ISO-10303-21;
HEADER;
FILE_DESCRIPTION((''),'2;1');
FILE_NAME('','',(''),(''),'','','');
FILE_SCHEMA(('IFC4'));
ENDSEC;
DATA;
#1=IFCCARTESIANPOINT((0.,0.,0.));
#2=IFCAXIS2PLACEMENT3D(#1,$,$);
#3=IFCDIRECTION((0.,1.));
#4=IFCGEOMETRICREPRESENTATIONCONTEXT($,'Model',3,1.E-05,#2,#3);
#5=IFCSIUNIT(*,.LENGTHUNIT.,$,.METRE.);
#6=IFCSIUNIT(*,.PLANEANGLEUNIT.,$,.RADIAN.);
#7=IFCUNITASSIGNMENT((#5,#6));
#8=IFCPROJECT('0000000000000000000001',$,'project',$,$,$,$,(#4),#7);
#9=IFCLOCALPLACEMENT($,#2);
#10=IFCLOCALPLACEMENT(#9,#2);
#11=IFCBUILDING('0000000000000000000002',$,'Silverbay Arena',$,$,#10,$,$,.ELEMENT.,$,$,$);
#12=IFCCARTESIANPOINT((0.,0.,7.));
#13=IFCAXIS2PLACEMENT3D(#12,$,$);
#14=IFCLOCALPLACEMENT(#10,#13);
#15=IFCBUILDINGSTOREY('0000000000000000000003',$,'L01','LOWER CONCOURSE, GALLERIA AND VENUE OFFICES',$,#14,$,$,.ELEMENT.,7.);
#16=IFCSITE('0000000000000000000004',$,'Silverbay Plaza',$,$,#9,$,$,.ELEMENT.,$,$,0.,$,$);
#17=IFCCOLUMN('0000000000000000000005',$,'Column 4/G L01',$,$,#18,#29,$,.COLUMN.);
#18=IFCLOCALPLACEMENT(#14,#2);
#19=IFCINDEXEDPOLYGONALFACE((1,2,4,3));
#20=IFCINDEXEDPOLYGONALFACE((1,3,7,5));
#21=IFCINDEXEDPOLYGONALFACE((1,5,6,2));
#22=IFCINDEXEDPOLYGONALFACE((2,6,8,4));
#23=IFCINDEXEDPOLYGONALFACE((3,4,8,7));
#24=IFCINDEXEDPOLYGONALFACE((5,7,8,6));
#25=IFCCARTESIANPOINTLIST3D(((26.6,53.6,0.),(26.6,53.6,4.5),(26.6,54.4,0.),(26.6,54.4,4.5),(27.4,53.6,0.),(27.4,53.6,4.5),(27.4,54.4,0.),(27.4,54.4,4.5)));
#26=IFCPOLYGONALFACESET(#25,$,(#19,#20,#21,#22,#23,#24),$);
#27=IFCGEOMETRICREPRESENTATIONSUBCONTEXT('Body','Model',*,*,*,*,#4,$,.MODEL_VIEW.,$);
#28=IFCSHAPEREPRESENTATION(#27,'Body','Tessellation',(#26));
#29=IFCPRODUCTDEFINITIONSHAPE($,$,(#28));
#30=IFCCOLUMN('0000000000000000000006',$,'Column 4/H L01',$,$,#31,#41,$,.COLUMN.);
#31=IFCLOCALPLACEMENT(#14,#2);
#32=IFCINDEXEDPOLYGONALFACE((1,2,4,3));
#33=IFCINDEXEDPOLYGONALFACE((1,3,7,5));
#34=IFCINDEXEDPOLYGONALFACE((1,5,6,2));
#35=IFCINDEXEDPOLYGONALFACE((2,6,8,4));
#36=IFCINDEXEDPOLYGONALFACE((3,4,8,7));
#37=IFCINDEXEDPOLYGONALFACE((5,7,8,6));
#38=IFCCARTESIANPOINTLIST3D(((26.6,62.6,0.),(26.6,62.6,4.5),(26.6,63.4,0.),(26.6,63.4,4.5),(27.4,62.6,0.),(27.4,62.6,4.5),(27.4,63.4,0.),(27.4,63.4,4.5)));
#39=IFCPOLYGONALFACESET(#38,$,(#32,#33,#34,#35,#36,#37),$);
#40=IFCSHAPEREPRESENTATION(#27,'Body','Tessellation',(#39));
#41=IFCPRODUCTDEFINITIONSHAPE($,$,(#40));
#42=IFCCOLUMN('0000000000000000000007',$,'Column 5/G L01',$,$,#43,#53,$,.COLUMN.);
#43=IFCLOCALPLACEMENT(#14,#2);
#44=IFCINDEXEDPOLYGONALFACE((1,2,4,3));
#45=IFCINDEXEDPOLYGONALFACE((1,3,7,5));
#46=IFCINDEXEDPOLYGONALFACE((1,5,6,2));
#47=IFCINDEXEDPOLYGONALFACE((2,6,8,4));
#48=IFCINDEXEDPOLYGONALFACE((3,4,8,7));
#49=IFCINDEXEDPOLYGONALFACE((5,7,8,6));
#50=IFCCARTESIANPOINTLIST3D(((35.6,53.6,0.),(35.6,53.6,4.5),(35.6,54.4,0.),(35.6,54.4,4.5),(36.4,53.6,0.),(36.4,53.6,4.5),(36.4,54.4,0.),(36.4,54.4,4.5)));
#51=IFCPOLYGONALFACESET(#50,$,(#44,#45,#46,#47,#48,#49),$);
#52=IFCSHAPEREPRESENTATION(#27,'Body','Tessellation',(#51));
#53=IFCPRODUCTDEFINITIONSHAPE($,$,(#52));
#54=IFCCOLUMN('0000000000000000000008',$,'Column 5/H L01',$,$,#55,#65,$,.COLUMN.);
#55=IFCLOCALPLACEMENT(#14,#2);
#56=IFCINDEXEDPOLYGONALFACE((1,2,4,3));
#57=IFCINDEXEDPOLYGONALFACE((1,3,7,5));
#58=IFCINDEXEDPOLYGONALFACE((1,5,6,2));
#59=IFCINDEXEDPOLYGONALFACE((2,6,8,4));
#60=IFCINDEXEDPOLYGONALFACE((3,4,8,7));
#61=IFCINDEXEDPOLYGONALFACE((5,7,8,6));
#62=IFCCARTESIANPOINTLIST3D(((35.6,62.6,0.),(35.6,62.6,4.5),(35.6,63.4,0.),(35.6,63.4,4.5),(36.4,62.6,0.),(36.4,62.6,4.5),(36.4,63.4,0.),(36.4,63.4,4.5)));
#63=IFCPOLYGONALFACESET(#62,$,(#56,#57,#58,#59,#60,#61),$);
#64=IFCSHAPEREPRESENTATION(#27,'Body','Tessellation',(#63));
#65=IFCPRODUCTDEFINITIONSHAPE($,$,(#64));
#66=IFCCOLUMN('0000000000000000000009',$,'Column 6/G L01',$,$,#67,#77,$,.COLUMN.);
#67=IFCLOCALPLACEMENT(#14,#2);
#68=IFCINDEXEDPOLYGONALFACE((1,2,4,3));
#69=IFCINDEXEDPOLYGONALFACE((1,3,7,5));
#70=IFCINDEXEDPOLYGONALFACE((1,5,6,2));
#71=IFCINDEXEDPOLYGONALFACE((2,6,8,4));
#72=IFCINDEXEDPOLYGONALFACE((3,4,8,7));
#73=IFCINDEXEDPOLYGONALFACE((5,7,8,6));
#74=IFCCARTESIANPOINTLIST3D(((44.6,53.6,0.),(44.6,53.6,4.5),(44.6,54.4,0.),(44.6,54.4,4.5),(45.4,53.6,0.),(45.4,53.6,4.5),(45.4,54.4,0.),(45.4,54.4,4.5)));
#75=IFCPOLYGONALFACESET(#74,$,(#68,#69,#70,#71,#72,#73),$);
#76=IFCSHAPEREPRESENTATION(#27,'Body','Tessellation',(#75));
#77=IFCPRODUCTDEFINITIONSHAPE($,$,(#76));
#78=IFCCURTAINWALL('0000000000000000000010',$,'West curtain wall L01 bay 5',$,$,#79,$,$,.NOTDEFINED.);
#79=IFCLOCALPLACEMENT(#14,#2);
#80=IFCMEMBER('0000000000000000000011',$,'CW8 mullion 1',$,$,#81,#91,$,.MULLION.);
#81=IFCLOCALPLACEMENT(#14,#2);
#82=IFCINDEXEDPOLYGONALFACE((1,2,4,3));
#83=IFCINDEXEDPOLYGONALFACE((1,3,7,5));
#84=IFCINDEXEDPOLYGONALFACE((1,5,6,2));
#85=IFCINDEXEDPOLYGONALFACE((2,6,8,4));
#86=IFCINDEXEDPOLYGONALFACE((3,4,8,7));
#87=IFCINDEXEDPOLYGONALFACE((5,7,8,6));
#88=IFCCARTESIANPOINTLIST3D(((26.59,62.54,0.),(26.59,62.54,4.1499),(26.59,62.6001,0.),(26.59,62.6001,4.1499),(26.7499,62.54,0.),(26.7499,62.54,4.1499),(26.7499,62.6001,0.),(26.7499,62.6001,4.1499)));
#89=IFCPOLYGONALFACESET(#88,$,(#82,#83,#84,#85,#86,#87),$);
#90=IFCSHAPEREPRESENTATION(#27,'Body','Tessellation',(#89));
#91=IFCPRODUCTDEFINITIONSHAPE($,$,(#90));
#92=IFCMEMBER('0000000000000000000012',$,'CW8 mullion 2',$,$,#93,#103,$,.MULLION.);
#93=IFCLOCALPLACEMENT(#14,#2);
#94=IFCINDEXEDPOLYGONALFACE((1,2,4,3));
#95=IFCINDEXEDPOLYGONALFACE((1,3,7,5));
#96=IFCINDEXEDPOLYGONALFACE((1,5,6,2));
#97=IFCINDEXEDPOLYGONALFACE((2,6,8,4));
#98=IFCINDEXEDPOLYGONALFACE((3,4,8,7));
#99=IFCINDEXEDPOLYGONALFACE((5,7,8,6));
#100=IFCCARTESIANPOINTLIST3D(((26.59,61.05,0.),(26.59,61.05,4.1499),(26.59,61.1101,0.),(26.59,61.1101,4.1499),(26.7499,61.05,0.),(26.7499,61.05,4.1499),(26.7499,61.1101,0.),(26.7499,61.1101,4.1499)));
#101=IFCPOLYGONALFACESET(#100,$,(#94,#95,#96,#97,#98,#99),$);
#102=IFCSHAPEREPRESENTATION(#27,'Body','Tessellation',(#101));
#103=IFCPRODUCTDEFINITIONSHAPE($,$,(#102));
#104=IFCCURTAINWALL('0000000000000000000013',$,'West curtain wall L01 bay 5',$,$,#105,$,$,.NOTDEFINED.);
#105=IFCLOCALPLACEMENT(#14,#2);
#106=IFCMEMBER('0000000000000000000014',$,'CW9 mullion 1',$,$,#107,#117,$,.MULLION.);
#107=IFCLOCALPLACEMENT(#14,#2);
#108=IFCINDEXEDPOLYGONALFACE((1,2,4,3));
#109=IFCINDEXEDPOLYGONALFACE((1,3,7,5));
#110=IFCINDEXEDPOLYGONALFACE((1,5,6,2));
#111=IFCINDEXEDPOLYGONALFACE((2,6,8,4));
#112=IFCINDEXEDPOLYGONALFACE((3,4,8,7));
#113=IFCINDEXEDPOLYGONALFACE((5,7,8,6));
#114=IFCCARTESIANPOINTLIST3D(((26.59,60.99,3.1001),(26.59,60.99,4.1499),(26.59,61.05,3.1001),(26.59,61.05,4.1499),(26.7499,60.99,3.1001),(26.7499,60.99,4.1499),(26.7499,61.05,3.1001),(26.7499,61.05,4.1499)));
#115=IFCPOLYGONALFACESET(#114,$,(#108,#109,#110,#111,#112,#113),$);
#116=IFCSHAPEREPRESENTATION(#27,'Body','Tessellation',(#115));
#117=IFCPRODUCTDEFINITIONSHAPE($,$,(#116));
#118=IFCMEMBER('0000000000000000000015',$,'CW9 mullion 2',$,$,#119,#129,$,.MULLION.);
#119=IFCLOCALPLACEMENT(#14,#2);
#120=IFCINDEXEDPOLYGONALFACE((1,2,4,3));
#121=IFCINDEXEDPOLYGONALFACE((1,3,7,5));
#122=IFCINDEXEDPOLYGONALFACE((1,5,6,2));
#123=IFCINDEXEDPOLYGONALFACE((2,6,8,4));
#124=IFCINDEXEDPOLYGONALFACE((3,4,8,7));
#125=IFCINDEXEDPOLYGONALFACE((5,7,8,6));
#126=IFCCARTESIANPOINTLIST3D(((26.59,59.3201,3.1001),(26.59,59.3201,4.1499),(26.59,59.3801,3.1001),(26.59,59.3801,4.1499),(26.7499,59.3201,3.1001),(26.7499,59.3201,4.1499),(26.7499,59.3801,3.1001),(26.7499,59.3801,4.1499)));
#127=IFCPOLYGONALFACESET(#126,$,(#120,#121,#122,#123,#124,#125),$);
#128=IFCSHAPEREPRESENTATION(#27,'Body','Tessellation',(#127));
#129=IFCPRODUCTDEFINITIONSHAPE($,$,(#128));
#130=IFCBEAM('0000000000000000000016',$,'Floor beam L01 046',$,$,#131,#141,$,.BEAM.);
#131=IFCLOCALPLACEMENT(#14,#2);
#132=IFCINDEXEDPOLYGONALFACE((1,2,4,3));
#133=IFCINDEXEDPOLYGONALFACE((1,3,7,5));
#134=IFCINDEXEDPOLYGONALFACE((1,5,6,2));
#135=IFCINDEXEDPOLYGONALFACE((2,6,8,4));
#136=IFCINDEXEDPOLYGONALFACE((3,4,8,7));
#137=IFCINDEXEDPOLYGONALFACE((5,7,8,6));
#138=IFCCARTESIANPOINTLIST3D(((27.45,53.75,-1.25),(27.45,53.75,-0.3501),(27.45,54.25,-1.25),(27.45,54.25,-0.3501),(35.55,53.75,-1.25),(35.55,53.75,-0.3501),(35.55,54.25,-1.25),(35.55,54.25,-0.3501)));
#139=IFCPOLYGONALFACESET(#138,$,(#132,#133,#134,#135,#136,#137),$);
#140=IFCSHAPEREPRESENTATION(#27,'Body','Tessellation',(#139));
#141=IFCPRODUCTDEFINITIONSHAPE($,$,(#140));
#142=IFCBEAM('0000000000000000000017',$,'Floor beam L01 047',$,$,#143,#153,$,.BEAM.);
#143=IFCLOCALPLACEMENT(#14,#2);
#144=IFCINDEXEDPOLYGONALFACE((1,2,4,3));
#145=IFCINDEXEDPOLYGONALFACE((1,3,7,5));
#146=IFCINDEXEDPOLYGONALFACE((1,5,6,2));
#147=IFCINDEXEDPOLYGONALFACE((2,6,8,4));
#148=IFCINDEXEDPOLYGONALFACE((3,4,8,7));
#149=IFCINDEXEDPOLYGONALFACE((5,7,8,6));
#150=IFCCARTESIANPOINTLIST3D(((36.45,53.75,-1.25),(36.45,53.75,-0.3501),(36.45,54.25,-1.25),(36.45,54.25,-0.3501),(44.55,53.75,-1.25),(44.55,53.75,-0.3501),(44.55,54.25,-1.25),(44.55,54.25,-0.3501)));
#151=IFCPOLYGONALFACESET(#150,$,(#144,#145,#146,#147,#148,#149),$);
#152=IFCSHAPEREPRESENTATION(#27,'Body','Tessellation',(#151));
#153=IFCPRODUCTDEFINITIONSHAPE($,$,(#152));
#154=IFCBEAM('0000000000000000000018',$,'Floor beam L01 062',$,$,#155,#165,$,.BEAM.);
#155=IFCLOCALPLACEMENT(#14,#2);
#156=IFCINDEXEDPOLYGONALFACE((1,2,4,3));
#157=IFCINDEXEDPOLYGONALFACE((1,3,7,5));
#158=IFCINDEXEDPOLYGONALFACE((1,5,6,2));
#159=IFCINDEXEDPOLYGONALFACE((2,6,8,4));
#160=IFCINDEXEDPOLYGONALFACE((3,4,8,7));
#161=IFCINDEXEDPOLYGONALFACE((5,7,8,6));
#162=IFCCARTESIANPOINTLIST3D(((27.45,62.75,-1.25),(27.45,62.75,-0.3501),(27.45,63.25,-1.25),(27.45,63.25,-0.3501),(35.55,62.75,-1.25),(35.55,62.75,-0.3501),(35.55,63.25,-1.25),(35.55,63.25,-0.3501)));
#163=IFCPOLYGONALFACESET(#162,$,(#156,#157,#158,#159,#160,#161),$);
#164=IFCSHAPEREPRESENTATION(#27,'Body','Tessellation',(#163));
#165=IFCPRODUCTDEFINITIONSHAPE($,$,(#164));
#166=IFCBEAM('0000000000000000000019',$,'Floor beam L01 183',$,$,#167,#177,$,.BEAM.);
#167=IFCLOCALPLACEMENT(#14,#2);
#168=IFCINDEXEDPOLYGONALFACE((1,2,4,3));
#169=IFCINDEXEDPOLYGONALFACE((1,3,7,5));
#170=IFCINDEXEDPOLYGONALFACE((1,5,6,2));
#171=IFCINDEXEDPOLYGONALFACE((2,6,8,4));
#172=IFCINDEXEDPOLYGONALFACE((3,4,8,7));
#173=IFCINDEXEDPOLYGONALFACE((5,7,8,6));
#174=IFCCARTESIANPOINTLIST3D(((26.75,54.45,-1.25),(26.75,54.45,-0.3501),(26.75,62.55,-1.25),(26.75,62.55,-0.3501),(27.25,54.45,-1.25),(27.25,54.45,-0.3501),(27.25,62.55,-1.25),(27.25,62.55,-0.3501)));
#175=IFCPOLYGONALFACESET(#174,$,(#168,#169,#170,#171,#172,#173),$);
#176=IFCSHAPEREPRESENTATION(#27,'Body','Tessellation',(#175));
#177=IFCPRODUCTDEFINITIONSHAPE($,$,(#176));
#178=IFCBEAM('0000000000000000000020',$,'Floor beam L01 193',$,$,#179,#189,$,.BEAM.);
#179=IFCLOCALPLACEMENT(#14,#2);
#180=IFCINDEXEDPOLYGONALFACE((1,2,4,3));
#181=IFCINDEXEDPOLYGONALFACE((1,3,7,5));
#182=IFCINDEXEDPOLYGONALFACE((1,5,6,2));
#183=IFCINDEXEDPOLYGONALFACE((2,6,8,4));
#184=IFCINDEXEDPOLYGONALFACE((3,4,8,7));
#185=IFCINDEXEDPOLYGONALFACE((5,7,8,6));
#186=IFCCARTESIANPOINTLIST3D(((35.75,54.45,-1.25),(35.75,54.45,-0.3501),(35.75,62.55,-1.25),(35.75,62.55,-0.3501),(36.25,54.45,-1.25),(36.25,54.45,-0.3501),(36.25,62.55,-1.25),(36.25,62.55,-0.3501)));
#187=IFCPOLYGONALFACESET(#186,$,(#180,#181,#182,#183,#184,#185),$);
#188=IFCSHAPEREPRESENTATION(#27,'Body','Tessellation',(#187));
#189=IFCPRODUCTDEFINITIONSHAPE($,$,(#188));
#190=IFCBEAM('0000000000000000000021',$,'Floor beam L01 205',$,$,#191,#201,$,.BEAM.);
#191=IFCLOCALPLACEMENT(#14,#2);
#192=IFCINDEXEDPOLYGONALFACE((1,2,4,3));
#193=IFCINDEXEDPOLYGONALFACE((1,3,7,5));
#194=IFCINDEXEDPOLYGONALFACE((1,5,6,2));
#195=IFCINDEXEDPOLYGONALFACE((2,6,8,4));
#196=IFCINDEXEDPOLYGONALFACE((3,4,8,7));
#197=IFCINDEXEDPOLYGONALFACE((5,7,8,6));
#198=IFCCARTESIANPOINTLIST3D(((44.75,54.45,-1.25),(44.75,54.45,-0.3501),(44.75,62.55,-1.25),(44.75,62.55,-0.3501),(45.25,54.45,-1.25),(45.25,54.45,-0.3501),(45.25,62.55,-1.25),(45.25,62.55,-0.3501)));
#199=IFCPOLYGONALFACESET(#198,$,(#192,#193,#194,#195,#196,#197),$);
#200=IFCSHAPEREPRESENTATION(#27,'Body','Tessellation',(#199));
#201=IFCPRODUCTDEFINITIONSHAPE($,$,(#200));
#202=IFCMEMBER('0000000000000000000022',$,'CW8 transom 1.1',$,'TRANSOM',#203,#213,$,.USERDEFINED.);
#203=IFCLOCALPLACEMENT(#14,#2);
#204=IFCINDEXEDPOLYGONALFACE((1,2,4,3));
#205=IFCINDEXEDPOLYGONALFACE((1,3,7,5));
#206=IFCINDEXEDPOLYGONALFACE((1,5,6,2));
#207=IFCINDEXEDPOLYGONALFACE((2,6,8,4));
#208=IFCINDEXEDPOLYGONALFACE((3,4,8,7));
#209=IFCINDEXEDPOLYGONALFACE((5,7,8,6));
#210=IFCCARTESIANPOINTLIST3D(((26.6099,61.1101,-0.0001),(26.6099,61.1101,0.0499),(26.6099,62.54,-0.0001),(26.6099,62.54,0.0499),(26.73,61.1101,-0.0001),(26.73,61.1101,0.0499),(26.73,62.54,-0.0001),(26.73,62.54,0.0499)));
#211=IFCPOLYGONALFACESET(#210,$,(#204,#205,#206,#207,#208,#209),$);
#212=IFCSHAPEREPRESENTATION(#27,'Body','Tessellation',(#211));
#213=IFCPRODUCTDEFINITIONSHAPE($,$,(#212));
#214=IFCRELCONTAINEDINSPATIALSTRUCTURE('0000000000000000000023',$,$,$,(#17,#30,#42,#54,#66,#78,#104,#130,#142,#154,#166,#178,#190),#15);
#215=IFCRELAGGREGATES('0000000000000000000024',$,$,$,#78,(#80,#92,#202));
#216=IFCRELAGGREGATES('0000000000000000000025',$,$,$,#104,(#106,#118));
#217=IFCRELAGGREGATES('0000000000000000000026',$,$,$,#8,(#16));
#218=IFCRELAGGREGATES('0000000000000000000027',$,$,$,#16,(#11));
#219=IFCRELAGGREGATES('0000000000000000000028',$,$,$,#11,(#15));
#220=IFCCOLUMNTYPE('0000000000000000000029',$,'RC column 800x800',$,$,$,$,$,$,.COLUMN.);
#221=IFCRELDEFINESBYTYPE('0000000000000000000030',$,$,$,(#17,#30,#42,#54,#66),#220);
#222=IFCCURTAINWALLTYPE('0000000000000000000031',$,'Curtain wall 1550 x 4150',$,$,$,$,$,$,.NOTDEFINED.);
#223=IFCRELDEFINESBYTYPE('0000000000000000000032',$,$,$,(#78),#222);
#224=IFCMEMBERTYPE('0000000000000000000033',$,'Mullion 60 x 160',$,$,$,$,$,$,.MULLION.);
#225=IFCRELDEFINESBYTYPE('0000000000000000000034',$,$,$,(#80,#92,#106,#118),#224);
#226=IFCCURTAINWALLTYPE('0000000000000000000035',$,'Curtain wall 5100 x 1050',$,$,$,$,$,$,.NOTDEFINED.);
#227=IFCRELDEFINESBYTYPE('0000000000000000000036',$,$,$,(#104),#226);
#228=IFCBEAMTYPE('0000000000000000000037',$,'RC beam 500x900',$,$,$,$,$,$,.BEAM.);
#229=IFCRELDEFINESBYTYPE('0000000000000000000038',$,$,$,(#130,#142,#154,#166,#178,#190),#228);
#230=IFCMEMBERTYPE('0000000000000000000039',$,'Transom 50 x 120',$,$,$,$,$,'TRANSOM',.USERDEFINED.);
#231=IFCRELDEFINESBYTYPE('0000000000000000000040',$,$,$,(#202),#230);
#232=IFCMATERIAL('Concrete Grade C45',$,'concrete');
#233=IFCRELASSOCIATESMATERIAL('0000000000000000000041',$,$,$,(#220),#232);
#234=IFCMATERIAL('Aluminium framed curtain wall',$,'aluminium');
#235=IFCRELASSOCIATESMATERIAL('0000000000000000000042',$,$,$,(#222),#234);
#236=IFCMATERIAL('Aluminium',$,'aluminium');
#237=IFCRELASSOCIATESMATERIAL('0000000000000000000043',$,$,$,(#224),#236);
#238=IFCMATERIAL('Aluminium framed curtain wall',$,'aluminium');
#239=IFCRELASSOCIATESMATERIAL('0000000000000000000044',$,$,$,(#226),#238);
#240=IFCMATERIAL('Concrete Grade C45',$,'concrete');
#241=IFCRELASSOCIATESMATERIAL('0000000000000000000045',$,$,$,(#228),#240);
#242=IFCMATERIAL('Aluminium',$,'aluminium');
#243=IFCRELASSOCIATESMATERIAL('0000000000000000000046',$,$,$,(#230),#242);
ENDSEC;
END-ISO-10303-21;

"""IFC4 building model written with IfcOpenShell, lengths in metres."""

from ifc_helpers import new_model, si_unit, direction, frame, origin, origin_2d, place, context, subcontext, project, spatial, rectangle, extrude, material, material_profile, profile_set, type_object, element, aggregate, save


model = new_model("IFC4")

# Units and contexts
model_context = context("Model", 3, precision=1e-05, world=origin(), true_north=direction((0.0, 1.0)))
body_context = subcontext(model_context, "Body", "Model", "MODEL_VIEW")
ifc_project = project(units=[si_unit("LENGTHUNIT", "METRE"), si_unit("PLANEANGLEUNIT", "RADIAN")], contexts=[model_context])

# Site, building, storey
site_placement = place(None, origin())
site = spatial("IfcSite", under=ifc_project, at=site_placement, Name="Silverbay Plaza", CompositionType="ELEMENT", RefElevation=0.0)
building_placement = place(site_placement, origin())
building = spatial("IfcBuilding", under=site, at=building_placement, Name="Silverbay Arena", CompositionType="ELEMENT")
storey_placement = place(building_placement, frame((0.0, 0.0, 7.0)))
storey = spatial("IfcBuildingStorey", under=building, at=storey_placement, Name="L01", Description="LOWER CONCOURSE, GALLERIA AND VENUE OFFICES", CompositionType="ELEMENT", Elevation=7.0)

# Columns
ifc_material_1 = material(Name="Concrete Grade C45", Category="concrete")
ifc_material_profile_1 = material_profile(ifc_material_1, rectangle(XDim=0.8, YDim=0.8, at=origin_2d()), Name="RC 800x800")
ifc_profile_set_1 = profile_set([ifc_material_profile_1], Name="Concrete Grade C45")
column_type = type_object("IfcColumnType", Name="RC column 800x800", PredefinedType="COLUMN", material=ifc_profile_set_1)
for number, where, z_axis, x_axis, name in (
    (1, (27.0, 54.0, 0.0), (0.0, 0.0, 1.0), (1.0, 0.0, 0.0), "Column 4/G L01"),
    (2, (27.0, 63.0, 0.0), (0.0, 0.0, 1.0), (1.0, 0.0, 0.0), "Column 4/H L01"),
    (3, (36.0, 54.0, 0.0), (0.0, 0.0, 1.0), (1.0, 0.0, 0.0), "Column 5/G L01"),
    (4, (36.0, 63.0, 0.0), (0.0, 0.0, 1.0), (1.0, 0.0, 0.0), "Column 5/H L01"),
    (5, (45.0, 54.0, 0.0), (0.0, 0.0, 1.0), (1.0, 0.0, 0.0), "Column 6/G L01"),
):
    element("IfcColumn", number, at=place(storey_placement, frame(where, z_axis=z_axis, x_axis=x_axis)), inside=storey, type_object=column_type, Name=name, PredefinedType="COLUMN", context=body_context, shape_type="SweptSolid", body=[
        extrude(rectangle(XDim=0.8, YDim=0.8, at=origin_2d()), origin(), (0.0, 0.0, 1.0), 4.5),
    ])

# Curtain walls, members
ifc_material_2 = material(Name="Aluminium framed curtain wall", Category="aluminium")
curtain_wall_type_1 = type_object("IfcCurtainWallType", Name="Curtain wall 1550 x 4150", PredefinedType="NOTDEFINED", material=ifc_material_2)
curtain_wall_1_placement = place(storey_placement, origin())
curtain_wall_1 = element("IfcCurtainWall", 6, at=curtain_wall_1_placement, inside=storey, type_object=curtain_wall_type_1, Name="West curtain wall L01 bay 5", PredefinedType="NOTDEFINED")
ifc_material_3 = material(Name="Aluminium", Category="aluminium")
ifc_material_profile_2 = material_profile(ifc_material_3, rectangle(XDim=0.1599, YDim=0.0601, at=origin_2d()), Name="Mullion 60 x 160")
ifc_profile_set_2 = profile_set([ifc_material_profile_2], Name="Aluminium")
member_type_1 = type_object("IfcMemberType", Name="Mullion 60 x 160", PredefinedType="MULLION", material=ifc_profile_set_2)
member_1_placement = place(storey_placement, frame((26.6699, 62.5701, 0.0), z_axis=(0.0, 0.0, 1.0), x_axis=(1.0, 0.0, 0.0)))
member_1 = element("IfcMember", 7, at=member_1_placement, type_object=member_type_1, Name="CW8 mullion 1", PredefinedType="MULLION", context=body_context, shape_type="SweptSolid", body=[
    extrude(rectangle(XDim=0.1599, YDim=0.0601, at=origin_2d()), origin(), (0.0, 0.0, 1.0), 4.1499),
])
member_2_placement = place(storey_placement, frame((26.6699, 61.0801, 0.0), z_axis=(0.0, 0.0, 1.0), x_axis=(1.0, 0.0, 0.0)))
member_2 = element("IfcMember", 8, at=member_2_placement, type_object=member_type_1, Name="CW8 mullion 2", PredefinedType="MULLION", context=body_context, shape_type="SweptSolid", body=[
    extrude(rectangle(XDim=0.1599, YDim=0.0601, at=origin_2d()), origin(), (0.0, 0.0, 1.0), 4.1499),
])
ifc_material_4 = material(Name="Aluminium framed curtain wall", Category="aluminium")
curtain_wall_type_2 = type_object("IfcCurtainWallType", Name="Curtain wall 5100 x 1050", PredefinedType="NOTDEFINED", material=ifc_material_4)
curtain_wall_2_placement = place(storey_placement, origin())
curtain_wall_2 = element("IfcCurtainWall", 9, at=curtain_wall_2_placement, inside=storey, type_object=curtain_wall_type_2, Name="West curtain wall L01 bay 5", PredefinedType="NOTDEFINED")
member_3_placement = place(storey_placement, frame((26.6699, 61.02, 3.1001), z_axis=(0.0, 0.0, 1.0), x_axis=(1.0, 0.0, 0.0)))
member_3 = element("IfcMember", 10, at=member_3_placement, type_object=member_type_1, Name="CW9 mullion 1", PredefinedType="MULLION", context=body_context, shape_type="SweptSolid", body=[
    extrude(rectangle(XDim=0.1599, YDim=0.0601, at=origin_2d()), origin(), (0.0, 0.0, 1.0), 1.0498),
])
member_4_placement = place(storey_placement, frame((26.6699, 59.3501, 3.1001), z_axis=(0.0, 0.0, 1.0), x_axis=(1.0, 0.0, 0.0)))
member_4 = element("IfcMember", 11, at=member_4_placement, type_object=member_type_1, Name="CW9 mullion 2", PredefinedType="MULLION", context=body_context, shape_type="SweptSolid", body=[
    extrude(rectangle(XDim=0.1599, YDim=0.0601, at=origin_2d()), origin(), (0.0, 0.0, 1.0), 1.0498),
])

# Beams
ifc_material_5 = material(Name="Concrete Grade C45", Category="concrete")
ifc_material_profile_3 = material_profile(ifc_material_5, rectangle(XDim=0.5, YDim=0.8999, at=origin_2d()), Name="RC 500x900")
ifc_profile_set_3 = profile_set([ifc_material_profile_3], Name="Concrete Grade C45")
beam_type = type_object("IfcBeamType", Name="RC beam 500x900", PredefinedType="BEAM", material=ifc_profile_set_3)
for number, where, z_axis, x_axis, name in (
    (12, (27.45, 54.0, -0.8), (1.0, 0.0, 0.0), (0.0, 1.0, 0.0), "Floor beam L01 046"),
    (13, (36.45, 54.0, -0.8), (1.0, 0.0, 0.0), (0.0, 1.0, 0.0), "Floor beam L01 047"),
    (14, (27.45, 63.0, -0.8), (1.0, 0.0, 0.0), (0.0, 1.0, 0.0), "Floor beam L01 062"),
    (15, (27.0, 54.45, -0.8), (0.0, 1.0, 0.0), (-1.0, 0.0, 0.0), "Floor beam L01 183"),
    (16, (36.0, 54.45, -0.8), (0.0, 1.0, 0.0), (-1.0, 0.0, 0.0), "Floor beam L01 193"),
    (17, (45.0, 54.45, -0.8), (0.0, 1.0, 0.0), (-1.0, 0.0, 0.0), "Floor beam L01 205"),
):
    element("IfcBeam", number, at=place(storey_placement, frame(where, z_axis=z_axis, x_axis=x_axis)), inside=storey, type_object=beam_type, Name=name, PredefinedType="BEAM", context=body_context, shape_type="SweptSolid", body=[
        extrude(rectangle(XDim=0.5, YDim=0.8999, at=origin_2d()), origin(), (0.0, 0.0, 1.0), 8.1001),
    ])

# Member
ifc_material_6 = material(Name="Aluminium", Category="aluminium")
ifc_material_profile_4 = material_profile(ifc_material_6, rectangle(XDim=0.1201, YDim=0.05, at=origin_2d()), Name="Transom 50 x 120")
ifc_profile_set_4 = profile_set([ifc_material_profile_4], Name="Aluminium")
member_type_2 = type_object("IfcMemberType", Name="Transom 50 x 120", ElementType="TRANSOM", PredefinedType="USERDEFINED", material=ifc_profile_set_4)
member_5_placement = place(storey_placement, frame((26.6699, 62.54, 0.0249), z_axis=(0.0, -1.0, 0.0), x_axis=(1.0, 0.0, 0.0)))
member_5 = element("IfcMember", 18, at=member_5_placement, type_object=member_type_2, Name="CW8 transom 1.1", ObjectType="TRANSOM", PredefinedType="USERDEFINED", context=body_context, shape_type="SweptSolid", body=[
    extrude(rectangle(XDim=0.1201, YDim=0.05, at=origin_2d()), origin(), (0.0, 0.0, 1.0), 1.4299),
])

aggregate(curtain_wall_1, [member_1, member_2, member_5])
aggregate(curtain_wall_2, [member_3, member_4])

save(model, "model.ifc")
